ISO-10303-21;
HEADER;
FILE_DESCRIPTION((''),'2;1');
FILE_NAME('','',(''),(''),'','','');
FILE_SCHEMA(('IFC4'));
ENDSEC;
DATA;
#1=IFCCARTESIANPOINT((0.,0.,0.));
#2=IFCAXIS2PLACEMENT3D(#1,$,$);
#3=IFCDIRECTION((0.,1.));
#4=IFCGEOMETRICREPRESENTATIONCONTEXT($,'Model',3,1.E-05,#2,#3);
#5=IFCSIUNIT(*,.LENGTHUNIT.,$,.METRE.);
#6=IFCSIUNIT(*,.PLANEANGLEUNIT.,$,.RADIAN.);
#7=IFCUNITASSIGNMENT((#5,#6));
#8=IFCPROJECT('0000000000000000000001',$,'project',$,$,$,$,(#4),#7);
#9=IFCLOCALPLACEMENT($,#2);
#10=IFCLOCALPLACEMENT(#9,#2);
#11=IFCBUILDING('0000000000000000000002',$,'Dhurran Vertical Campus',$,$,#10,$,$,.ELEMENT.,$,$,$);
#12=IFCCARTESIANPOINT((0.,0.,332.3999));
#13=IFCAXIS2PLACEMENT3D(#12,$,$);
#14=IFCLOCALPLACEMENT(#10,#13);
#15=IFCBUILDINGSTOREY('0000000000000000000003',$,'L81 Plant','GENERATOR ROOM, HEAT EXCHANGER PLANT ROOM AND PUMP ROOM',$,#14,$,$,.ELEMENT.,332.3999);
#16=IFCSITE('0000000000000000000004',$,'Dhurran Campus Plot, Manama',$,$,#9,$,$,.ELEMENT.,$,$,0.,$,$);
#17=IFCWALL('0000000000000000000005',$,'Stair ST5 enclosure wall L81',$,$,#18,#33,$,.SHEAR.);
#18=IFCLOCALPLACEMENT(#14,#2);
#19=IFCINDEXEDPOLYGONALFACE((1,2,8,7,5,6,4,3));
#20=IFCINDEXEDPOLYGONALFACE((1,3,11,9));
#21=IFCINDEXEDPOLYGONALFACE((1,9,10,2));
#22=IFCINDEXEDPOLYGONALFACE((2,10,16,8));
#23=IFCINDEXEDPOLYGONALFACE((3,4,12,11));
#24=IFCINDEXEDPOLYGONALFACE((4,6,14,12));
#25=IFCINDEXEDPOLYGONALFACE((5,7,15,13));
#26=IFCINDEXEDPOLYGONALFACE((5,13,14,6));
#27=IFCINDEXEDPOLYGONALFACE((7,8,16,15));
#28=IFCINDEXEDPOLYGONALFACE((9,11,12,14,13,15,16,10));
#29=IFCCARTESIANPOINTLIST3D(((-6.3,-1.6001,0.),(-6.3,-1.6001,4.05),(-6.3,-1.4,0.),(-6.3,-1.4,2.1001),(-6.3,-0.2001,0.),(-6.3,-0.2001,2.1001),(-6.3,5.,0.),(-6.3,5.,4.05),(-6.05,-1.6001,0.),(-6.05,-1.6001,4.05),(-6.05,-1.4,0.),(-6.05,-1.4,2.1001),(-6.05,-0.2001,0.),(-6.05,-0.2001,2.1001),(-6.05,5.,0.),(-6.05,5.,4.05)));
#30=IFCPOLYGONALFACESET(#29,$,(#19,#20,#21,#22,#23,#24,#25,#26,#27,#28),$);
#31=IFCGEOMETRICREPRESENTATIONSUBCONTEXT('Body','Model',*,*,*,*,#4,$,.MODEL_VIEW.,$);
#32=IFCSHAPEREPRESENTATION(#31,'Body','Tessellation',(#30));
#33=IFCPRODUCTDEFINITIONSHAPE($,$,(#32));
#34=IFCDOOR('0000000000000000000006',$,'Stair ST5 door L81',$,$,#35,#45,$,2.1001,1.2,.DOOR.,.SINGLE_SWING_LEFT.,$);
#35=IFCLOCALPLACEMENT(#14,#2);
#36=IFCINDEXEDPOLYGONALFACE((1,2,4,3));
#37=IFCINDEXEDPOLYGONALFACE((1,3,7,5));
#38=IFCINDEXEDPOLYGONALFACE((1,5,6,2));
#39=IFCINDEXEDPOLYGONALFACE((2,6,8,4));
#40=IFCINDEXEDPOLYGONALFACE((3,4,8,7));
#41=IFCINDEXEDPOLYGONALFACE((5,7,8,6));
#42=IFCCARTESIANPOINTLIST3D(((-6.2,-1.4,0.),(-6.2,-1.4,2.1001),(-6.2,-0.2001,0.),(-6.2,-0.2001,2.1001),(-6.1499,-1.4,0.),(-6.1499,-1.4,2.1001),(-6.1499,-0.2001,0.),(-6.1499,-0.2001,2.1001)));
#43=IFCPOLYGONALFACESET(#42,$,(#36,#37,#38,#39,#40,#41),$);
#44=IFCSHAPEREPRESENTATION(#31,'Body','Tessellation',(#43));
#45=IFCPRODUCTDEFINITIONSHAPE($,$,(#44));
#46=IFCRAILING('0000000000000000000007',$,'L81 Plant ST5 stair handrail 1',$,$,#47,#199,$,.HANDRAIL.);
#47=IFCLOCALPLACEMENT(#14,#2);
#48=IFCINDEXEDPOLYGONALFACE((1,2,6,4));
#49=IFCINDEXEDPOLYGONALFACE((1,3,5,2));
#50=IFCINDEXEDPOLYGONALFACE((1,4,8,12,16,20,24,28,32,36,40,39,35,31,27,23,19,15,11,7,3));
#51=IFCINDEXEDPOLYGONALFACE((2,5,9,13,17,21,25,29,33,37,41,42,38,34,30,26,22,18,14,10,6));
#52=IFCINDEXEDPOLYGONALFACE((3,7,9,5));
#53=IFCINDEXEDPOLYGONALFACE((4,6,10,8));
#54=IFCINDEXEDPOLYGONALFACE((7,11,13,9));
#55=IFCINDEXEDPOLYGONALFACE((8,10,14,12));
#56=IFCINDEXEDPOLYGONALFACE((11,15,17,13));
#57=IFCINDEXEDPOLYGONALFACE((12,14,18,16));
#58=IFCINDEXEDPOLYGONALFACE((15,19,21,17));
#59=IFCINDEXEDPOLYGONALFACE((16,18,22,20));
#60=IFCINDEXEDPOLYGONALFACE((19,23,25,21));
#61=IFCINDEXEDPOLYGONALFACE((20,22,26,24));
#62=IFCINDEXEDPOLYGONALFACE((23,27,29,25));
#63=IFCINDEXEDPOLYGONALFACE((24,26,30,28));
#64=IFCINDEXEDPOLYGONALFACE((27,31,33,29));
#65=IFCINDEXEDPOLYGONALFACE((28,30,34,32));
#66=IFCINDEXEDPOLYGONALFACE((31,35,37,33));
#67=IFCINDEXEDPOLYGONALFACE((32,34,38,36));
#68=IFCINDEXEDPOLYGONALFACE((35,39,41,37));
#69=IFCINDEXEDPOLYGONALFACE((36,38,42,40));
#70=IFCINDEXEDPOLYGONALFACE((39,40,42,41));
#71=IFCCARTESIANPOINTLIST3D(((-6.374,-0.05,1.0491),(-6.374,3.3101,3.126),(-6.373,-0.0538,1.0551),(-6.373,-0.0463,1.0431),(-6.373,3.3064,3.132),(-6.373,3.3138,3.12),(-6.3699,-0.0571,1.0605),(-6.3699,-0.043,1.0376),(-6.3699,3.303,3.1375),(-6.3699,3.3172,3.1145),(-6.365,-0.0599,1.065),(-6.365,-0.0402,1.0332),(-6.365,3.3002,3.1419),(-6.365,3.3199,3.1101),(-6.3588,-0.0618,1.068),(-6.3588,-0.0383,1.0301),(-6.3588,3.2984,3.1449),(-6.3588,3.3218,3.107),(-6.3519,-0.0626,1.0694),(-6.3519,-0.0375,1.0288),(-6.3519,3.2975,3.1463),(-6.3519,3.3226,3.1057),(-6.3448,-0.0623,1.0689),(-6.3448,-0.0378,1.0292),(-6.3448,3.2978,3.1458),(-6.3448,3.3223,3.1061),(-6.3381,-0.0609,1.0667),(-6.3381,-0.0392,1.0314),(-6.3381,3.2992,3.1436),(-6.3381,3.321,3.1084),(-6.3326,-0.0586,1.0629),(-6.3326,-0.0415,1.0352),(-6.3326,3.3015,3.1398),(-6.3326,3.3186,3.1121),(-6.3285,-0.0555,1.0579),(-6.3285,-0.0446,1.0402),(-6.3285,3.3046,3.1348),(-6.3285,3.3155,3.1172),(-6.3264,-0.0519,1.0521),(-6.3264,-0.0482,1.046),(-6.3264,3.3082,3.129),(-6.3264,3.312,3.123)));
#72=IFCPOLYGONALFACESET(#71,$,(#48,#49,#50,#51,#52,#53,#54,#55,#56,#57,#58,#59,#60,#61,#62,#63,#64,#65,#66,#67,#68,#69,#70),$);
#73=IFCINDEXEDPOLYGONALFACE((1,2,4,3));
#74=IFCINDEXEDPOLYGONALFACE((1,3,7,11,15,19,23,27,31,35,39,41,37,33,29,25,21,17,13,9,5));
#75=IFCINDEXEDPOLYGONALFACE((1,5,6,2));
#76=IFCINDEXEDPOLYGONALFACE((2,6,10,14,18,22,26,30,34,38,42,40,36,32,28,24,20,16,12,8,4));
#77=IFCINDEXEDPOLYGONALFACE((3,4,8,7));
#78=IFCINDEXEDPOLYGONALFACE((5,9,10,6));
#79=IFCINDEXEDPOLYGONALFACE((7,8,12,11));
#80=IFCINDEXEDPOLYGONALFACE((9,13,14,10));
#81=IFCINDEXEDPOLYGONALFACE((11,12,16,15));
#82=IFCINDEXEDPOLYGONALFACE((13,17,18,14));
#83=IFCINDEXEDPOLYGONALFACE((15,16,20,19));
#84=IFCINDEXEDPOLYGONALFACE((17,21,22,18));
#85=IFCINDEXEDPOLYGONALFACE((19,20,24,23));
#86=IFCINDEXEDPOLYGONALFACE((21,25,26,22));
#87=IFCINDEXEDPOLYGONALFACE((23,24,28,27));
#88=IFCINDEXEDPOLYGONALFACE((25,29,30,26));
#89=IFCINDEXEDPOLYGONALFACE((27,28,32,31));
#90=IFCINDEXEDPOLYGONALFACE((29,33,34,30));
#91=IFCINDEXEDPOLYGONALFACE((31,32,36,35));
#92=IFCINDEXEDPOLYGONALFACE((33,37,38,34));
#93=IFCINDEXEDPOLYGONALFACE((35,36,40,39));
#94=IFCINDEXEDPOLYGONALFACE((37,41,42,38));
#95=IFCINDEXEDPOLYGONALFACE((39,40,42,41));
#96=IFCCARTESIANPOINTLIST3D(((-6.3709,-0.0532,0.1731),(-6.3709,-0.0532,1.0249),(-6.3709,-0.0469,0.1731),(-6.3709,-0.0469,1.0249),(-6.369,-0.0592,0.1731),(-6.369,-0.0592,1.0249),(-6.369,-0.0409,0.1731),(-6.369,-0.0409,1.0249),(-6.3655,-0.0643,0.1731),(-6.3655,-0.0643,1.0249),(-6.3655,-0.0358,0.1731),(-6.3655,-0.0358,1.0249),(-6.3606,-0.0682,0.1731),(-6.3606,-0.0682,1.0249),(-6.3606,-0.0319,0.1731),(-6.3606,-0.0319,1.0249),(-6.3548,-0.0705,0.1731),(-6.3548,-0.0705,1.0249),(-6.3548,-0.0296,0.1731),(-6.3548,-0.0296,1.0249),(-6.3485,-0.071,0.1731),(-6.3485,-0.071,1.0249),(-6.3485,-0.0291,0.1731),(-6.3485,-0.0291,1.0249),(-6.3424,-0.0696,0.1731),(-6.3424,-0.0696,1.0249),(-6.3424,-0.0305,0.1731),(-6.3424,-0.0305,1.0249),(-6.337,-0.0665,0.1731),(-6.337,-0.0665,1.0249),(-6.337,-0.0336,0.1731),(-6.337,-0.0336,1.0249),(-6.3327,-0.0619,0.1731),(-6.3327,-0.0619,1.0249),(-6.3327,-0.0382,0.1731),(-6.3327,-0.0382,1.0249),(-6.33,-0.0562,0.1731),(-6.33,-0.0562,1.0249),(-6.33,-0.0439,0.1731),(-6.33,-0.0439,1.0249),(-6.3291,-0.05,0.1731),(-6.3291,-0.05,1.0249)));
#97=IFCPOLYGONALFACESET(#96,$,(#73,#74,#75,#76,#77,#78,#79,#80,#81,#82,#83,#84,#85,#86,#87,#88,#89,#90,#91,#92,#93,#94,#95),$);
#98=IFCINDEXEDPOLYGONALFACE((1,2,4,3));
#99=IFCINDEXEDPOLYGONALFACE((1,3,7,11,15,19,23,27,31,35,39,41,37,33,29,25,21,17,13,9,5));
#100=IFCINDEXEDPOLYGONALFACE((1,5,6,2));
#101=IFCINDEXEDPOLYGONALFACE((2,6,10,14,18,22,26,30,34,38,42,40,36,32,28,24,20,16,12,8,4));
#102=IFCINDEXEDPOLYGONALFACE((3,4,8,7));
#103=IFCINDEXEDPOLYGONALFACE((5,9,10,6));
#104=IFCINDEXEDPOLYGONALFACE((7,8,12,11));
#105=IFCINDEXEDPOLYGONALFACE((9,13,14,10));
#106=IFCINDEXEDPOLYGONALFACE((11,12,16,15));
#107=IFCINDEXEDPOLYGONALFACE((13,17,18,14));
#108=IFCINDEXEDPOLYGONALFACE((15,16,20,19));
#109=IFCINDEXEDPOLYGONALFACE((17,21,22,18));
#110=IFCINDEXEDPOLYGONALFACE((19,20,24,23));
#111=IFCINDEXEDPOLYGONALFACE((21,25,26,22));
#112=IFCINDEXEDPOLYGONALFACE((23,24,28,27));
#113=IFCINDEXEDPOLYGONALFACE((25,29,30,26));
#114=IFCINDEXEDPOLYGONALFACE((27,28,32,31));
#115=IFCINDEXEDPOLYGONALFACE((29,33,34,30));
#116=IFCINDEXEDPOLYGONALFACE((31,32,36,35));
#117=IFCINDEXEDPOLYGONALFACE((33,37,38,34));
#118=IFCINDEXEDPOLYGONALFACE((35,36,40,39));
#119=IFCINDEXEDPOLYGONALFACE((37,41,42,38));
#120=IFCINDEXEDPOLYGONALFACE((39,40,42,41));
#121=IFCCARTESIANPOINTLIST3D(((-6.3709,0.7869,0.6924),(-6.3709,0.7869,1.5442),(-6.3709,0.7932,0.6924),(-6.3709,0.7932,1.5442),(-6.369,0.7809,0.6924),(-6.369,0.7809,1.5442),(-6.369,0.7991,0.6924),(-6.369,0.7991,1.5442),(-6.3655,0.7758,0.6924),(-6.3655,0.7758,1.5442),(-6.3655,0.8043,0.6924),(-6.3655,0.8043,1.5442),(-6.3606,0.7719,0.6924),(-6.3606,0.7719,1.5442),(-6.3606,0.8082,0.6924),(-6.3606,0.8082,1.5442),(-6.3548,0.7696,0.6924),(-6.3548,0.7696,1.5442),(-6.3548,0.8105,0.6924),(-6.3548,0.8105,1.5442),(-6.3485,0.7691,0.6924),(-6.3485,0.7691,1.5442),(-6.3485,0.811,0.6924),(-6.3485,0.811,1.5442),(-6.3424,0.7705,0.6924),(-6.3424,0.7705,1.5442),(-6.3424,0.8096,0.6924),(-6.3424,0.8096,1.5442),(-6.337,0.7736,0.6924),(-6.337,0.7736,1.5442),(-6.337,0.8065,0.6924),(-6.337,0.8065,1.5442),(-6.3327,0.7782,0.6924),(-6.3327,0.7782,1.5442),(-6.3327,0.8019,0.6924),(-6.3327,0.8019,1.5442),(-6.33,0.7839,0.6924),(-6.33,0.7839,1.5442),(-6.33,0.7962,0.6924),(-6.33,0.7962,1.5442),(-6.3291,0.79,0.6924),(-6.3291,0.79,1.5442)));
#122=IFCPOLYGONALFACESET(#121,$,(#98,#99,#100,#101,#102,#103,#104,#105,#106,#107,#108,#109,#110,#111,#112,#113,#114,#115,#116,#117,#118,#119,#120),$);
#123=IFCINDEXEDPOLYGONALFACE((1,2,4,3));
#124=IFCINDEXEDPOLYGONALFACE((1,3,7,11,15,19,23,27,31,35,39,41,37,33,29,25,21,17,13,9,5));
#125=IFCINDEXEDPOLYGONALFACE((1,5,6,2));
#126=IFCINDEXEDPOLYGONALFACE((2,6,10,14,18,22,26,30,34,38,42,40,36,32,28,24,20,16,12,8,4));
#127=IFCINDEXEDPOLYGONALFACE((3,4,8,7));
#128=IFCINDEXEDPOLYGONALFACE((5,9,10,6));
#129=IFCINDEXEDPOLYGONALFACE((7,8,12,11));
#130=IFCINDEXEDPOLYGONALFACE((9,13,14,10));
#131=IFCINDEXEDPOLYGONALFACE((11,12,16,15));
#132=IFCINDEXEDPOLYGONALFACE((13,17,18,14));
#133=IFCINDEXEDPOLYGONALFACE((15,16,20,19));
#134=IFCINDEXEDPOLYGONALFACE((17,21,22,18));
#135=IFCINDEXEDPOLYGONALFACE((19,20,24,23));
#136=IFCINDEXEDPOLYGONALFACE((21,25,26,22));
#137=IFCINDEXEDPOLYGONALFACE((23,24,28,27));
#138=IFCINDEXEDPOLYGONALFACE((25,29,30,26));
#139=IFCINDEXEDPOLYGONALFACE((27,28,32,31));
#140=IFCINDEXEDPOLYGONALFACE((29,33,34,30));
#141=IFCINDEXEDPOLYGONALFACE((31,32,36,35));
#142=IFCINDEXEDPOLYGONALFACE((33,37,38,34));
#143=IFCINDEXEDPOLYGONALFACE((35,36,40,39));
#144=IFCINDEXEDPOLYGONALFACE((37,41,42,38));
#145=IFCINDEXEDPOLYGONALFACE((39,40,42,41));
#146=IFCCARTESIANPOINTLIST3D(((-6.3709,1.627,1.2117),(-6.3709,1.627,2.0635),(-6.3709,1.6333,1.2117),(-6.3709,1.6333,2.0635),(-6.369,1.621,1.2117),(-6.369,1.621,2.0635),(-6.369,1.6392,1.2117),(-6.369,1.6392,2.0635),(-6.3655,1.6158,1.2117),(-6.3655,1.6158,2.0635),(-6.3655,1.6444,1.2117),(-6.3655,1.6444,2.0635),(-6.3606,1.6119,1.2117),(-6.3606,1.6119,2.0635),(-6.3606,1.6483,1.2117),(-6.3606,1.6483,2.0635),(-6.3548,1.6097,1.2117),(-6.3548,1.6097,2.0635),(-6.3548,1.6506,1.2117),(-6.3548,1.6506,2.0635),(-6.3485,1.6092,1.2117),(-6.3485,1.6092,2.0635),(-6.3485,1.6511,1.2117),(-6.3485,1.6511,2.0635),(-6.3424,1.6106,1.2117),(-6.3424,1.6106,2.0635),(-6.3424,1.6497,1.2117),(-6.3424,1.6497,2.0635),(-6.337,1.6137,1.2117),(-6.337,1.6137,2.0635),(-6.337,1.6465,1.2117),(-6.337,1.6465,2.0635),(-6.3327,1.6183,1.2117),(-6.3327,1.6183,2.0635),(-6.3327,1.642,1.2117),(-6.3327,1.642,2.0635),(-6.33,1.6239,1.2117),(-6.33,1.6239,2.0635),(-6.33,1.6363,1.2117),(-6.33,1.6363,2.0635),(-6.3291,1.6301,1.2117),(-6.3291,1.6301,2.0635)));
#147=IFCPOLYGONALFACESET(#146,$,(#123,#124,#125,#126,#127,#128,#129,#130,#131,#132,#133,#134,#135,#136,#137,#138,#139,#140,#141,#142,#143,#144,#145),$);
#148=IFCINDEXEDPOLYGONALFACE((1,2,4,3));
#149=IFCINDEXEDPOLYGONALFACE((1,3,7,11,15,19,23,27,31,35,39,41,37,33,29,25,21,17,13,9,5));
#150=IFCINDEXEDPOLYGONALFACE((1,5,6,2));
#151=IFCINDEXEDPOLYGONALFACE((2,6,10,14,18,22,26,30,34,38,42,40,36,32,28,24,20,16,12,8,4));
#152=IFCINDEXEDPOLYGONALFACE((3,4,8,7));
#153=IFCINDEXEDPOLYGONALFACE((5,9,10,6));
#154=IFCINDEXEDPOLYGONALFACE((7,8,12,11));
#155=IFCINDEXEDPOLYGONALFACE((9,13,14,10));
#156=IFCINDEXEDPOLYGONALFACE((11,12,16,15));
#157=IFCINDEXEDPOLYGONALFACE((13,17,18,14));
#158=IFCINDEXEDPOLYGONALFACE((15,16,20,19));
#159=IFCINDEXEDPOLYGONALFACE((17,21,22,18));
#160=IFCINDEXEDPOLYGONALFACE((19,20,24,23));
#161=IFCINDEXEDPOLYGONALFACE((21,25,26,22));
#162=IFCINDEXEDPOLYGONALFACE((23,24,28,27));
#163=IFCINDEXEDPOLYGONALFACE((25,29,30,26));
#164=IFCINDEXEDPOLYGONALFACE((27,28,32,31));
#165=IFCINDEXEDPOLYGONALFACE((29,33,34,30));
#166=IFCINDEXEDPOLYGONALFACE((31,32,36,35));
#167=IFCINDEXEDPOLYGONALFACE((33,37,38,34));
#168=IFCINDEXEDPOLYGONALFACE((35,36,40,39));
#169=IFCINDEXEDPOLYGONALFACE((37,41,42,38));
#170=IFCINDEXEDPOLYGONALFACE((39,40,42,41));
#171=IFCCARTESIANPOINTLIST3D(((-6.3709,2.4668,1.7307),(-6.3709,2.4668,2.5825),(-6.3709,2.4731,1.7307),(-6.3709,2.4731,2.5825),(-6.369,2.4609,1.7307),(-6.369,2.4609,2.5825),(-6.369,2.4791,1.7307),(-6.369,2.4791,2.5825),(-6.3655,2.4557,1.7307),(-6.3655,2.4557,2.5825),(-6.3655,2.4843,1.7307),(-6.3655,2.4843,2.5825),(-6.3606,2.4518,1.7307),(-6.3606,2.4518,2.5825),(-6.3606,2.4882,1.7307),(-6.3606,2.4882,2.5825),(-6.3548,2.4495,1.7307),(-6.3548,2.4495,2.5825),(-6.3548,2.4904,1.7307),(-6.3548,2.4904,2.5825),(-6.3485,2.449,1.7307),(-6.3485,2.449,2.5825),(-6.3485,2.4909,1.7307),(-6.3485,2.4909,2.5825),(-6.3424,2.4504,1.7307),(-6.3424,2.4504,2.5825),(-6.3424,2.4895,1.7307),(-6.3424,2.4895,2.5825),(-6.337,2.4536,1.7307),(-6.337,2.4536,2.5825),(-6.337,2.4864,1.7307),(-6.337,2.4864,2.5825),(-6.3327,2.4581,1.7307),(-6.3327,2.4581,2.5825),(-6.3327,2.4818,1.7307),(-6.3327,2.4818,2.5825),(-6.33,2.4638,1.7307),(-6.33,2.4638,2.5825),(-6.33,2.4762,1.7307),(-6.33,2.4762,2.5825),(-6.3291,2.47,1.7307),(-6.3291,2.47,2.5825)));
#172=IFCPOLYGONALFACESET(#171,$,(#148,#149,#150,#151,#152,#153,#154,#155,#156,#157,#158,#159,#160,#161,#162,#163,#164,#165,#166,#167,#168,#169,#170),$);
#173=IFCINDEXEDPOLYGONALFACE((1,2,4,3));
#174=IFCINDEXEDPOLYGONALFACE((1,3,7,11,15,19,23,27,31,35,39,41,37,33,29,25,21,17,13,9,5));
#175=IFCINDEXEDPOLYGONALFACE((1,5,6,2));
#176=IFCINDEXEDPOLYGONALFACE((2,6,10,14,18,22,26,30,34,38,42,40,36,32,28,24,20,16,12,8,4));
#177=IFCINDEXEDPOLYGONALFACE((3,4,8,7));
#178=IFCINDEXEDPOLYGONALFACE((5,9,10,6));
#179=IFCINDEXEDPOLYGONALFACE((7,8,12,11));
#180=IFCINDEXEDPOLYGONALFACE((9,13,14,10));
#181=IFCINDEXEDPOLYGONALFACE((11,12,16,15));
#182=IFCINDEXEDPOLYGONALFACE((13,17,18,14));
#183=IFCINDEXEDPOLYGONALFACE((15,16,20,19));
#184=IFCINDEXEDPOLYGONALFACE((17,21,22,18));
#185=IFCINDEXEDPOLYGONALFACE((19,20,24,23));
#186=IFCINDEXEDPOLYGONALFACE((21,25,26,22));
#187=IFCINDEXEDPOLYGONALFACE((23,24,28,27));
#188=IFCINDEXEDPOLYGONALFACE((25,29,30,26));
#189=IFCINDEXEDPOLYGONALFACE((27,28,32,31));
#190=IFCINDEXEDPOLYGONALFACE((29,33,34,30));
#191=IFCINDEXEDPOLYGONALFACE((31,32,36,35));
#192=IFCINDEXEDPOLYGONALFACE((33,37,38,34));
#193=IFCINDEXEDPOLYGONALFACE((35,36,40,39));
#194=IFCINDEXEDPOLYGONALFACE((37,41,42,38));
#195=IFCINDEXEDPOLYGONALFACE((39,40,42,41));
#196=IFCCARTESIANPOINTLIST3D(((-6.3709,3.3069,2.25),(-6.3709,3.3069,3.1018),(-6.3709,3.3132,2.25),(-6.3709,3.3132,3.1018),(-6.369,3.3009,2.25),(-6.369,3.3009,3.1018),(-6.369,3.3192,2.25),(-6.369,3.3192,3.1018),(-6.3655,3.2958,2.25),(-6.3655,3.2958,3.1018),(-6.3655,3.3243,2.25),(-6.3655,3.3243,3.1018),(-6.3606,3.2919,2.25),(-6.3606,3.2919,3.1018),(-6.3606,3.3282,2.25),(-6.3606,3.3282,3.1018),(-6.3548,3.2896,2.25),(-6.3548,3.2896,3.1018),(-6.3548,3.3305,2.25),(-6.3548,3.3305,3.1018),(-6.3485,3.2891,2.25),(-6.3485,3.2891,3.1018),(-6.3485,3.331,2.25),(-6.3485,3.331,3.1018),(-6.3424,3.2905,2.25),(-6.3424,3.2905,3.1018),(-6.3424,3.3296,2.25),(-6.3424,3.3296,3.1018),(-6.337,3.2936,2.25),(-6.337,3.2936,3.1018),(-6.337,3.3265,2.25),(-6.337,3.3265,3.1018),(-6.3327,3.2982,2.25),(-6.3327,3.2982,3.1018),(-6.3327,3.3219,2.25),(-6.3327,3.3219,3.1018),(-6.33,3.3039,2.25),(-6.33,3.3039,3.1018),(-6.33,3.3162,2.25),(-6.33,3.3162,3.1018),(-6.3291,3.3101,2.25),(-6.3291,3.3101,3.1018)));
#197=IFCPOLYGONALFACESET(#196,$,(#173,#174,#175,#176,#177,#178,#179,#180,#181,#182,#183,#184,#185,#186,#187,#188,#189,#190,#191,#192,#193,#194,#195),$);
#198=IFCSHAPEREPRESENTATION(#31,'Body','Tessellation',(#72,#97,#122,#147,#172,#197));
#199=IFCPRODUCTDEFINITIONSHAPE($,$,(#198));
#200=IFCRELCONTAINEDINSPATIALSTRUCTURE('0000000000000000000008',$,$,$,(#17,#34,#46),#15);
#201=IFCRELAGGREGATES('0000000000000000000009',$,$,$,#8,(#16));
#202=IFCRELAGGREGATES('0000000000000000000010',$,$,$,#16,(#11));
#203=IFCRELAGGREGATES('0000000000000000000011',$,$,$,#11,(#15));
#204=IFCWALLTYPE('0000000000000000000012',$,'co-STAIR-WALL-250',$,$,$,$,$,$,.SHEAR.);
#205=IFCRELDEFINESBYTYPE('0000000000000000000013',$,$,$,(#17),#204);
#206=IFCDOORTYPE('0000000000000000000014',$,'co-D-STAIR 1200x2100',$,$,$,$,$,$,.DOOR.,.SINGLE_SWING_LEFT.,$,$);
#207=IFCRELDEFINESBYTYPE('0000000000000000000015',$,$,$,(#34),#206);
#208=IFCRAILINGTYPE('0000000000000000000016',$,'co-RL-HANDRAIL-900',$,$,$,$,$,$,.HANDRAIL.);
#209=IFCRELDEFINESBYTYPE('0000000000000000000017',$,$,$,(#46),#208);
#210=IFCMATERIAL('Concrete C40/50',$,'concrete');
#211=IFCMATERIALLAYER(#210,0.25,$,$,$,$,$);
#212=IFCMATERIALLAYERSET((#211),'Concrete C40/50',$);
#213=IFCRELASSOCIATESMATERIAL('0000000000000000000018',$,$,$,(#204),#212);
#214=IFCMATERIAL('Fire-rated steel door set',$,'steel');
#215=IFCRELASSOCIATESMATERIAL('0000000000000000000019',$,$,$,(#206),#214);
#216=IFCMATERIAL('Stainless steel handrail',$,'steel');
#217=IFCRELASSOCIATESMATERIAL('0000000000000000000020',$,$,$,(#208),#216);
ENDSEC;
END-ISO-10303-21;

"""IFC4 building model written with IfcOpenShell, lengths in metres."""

from ifc_helpers import new_model, si_unit, direction, frame, frame_2d, origin, origin_2d, place, context, subcontext, project, spatial, rectangle, circle, extrude, material, layer, layer_set, type_object, element, fill, save


model = new_model("IFC4")

# Units and contexts
model_context = context("Model", 3, precision=1e-05, world=origin(), true_north=direction((0.0, 1.0)))
body_context = subcontext(model_context, "Body", "Model", "MODEL_VIEW")
ifc_project = project(units=[si_unit("LENGTHUNIT", "METRE"), si_unit("PLANEANGLEUNIT", "RADIAN")], contexts=[model_context])

# Site, building, storey
site_placement = place(None, origin())
site = spatial("IfcSite", under=ifc_project, at=site_placement, Name="Dhurran Campus Plot, Manama", CompositionType="ELEMENT", RefElevation=0.0)
building_placement = place(site_placement, origin())
building = spatial("IfcBuilding", under=site, at=building_placement, Name="Dhurran Vertical Campus", CompositionType="ELEMENT")
storey_placement = place(building_placement, frame((0.0, 0.0, 332.3999)))
storey = spatial("IfcBuildingStorey", under=building, at=storey_placement, Name="L81 Plant", Description="GENERATOR ROOM, HEAT EXCHANGER PLANT ROOM AND PUMP ROOM", CompositionType="ELEMENT", Elevation=332.3999)

# Wall, opening, door
ifc_material_1 = material(Name="Concrete C40/50", Category="concrete")
ifc_layer_1 = layer(ifc_material_1, 0.25)
ifc_layer_set_1 = layer_set([ifc_layer_1], Name="Concrete C40/50")
wall_type_1 = type_object("IfcWallType", Name="co-STAIR-WALL-250", PredefinedType="SHEAR", material=ifc_layer_set_1)
wall_1_placement = place(storey_placement, frame((-6.175, -1.6001, 0.0), z_axis=(0.0, 0.0, 1.0), x_axis=(0.0, 1.0, 0.0)))
wall_1 = element("IfcWall", 1, at=wall_1_placement, inside=storey, type_object=wall_type_1, Name="Stair ST5 enclosure wall L81", PredefinedType="SHEAR", context=body_context, shape_type="SweptSolid", body=[
    extrude(rectangle(XDim=6.6001, YDim=0.25, at=frame_2d((3.3, 0.0))), origin(), (0.0, 0.0, 1.0), 4.05),
])
opening_1_placement = place(wall_1_placement, frame((0.2, 0.0, 0.0)))
opening_1 = element("IfcOpeningElement", 2, at=opening_1_placement, cuts=wall_1, PredefinedType="OPENING", context=body_context, shape_type="SweptSolid", body=[
    extrude(rectangle(XDim=1.2, YDim=2.1001, at=frame_2d((0.6001, 1.05))), frame((0.0, 0.135, 0.0), z_axis=(0.0, -1.0, 0.0), x_axis=(1.0, 0.0, 0.0)), (0.0, 0.0, 1.0), 0.27),
])
ifc_material_2 = material(Name="Fire-rated steel door set", Category="steel")
door_type_1 = type_object("IfcDoorType", Name="co-D-STAIR 1200x2100", OperationType="SINGLE_SWING_LEFT", PredefinedType="DOOR", material=ifc_material_2)
door_1_placement = place(opening_1_placement, origin())
door_1 = element("IfcDoor", 3, at=door_1_placement, inside=storey, type_object=door_type_1, Name="Stair ST5 door L81", OperationType="SINGLE_SWING_LEFT", OverallHeight=2.1001, OverallWidth=1.2, PredefinedType="DOOR", context=body_context, shape_type="SweptSolid", body=[
    extrude(rectangle(XDim=1.2, YDim=2.1001, at=frame_2d((0.6001, 1.05))), frame((0.0, 0.0249, 0.0), z_axis=(0.0, -1.0, 0.0), x_axis=(1.0, 0.0, 0.0)), (0.0, 0.0, 1.0), 0.05),
])
fill(opening_1, door_1)

# Railing
ifc_material_3 = material(Name="Stainless steel handrail", Category="steel")
railing_type = type_object("IfcRailingType", Name="co-RL-HANDRAIL-900", PredefinedType="HANDRAIL", material=ifc_material_3)
railing_placement = place(storey_placement, frame((-6.3501, -0.05, 0.1731)))
element("IfcRailing", 4, at=railing_placement, inside=storey, type_object=railing_type, Name="L81 Plant ST5 stair handrail 1", PredefinedType="HANDRAIL", context=body_context, shape_type="SweptSolid", body=[
    extrude(circle(Radius=0.0239, at=origin_2d()), frame((0.0, 0.0, 0.876), z_axis=(0.0, 0.850623, 0.525776), x_axis=(-1.0, 0.0, 0.0)), (0.0, 0.0, 1.0), 3.9502),
    extrude(circle(Radius=0.021, at=origin_2d()), origin(), (0.0, 0.0, 1.0), 0.8518),
    extrude(circle(Radius=0.021, at=origin_2d()), frame((0.0, 0.8401, 0.5193)), (0.0, 0.0, 1.0), 0.8518),
    extrude(circle(Radius=0.021, at=origin_2d()), frame((0.0, 1.6802, 1.0386)), (0.0, 0.0, 1.0), 0.8518),
    extrude(circle(Radius=0.021, at=origin_2d()), frame((0.0, 2.52, 1.5576)), (0.0, 0.0, 1.0), 0.8518),
    extrude(circle(Radius=0.021, at=origin_2d()), frame((0.0, 3.3601, 2.0769)), (0.0, 0.0, 1.0), 0.8518),
])

save(model, "model.ifc")
